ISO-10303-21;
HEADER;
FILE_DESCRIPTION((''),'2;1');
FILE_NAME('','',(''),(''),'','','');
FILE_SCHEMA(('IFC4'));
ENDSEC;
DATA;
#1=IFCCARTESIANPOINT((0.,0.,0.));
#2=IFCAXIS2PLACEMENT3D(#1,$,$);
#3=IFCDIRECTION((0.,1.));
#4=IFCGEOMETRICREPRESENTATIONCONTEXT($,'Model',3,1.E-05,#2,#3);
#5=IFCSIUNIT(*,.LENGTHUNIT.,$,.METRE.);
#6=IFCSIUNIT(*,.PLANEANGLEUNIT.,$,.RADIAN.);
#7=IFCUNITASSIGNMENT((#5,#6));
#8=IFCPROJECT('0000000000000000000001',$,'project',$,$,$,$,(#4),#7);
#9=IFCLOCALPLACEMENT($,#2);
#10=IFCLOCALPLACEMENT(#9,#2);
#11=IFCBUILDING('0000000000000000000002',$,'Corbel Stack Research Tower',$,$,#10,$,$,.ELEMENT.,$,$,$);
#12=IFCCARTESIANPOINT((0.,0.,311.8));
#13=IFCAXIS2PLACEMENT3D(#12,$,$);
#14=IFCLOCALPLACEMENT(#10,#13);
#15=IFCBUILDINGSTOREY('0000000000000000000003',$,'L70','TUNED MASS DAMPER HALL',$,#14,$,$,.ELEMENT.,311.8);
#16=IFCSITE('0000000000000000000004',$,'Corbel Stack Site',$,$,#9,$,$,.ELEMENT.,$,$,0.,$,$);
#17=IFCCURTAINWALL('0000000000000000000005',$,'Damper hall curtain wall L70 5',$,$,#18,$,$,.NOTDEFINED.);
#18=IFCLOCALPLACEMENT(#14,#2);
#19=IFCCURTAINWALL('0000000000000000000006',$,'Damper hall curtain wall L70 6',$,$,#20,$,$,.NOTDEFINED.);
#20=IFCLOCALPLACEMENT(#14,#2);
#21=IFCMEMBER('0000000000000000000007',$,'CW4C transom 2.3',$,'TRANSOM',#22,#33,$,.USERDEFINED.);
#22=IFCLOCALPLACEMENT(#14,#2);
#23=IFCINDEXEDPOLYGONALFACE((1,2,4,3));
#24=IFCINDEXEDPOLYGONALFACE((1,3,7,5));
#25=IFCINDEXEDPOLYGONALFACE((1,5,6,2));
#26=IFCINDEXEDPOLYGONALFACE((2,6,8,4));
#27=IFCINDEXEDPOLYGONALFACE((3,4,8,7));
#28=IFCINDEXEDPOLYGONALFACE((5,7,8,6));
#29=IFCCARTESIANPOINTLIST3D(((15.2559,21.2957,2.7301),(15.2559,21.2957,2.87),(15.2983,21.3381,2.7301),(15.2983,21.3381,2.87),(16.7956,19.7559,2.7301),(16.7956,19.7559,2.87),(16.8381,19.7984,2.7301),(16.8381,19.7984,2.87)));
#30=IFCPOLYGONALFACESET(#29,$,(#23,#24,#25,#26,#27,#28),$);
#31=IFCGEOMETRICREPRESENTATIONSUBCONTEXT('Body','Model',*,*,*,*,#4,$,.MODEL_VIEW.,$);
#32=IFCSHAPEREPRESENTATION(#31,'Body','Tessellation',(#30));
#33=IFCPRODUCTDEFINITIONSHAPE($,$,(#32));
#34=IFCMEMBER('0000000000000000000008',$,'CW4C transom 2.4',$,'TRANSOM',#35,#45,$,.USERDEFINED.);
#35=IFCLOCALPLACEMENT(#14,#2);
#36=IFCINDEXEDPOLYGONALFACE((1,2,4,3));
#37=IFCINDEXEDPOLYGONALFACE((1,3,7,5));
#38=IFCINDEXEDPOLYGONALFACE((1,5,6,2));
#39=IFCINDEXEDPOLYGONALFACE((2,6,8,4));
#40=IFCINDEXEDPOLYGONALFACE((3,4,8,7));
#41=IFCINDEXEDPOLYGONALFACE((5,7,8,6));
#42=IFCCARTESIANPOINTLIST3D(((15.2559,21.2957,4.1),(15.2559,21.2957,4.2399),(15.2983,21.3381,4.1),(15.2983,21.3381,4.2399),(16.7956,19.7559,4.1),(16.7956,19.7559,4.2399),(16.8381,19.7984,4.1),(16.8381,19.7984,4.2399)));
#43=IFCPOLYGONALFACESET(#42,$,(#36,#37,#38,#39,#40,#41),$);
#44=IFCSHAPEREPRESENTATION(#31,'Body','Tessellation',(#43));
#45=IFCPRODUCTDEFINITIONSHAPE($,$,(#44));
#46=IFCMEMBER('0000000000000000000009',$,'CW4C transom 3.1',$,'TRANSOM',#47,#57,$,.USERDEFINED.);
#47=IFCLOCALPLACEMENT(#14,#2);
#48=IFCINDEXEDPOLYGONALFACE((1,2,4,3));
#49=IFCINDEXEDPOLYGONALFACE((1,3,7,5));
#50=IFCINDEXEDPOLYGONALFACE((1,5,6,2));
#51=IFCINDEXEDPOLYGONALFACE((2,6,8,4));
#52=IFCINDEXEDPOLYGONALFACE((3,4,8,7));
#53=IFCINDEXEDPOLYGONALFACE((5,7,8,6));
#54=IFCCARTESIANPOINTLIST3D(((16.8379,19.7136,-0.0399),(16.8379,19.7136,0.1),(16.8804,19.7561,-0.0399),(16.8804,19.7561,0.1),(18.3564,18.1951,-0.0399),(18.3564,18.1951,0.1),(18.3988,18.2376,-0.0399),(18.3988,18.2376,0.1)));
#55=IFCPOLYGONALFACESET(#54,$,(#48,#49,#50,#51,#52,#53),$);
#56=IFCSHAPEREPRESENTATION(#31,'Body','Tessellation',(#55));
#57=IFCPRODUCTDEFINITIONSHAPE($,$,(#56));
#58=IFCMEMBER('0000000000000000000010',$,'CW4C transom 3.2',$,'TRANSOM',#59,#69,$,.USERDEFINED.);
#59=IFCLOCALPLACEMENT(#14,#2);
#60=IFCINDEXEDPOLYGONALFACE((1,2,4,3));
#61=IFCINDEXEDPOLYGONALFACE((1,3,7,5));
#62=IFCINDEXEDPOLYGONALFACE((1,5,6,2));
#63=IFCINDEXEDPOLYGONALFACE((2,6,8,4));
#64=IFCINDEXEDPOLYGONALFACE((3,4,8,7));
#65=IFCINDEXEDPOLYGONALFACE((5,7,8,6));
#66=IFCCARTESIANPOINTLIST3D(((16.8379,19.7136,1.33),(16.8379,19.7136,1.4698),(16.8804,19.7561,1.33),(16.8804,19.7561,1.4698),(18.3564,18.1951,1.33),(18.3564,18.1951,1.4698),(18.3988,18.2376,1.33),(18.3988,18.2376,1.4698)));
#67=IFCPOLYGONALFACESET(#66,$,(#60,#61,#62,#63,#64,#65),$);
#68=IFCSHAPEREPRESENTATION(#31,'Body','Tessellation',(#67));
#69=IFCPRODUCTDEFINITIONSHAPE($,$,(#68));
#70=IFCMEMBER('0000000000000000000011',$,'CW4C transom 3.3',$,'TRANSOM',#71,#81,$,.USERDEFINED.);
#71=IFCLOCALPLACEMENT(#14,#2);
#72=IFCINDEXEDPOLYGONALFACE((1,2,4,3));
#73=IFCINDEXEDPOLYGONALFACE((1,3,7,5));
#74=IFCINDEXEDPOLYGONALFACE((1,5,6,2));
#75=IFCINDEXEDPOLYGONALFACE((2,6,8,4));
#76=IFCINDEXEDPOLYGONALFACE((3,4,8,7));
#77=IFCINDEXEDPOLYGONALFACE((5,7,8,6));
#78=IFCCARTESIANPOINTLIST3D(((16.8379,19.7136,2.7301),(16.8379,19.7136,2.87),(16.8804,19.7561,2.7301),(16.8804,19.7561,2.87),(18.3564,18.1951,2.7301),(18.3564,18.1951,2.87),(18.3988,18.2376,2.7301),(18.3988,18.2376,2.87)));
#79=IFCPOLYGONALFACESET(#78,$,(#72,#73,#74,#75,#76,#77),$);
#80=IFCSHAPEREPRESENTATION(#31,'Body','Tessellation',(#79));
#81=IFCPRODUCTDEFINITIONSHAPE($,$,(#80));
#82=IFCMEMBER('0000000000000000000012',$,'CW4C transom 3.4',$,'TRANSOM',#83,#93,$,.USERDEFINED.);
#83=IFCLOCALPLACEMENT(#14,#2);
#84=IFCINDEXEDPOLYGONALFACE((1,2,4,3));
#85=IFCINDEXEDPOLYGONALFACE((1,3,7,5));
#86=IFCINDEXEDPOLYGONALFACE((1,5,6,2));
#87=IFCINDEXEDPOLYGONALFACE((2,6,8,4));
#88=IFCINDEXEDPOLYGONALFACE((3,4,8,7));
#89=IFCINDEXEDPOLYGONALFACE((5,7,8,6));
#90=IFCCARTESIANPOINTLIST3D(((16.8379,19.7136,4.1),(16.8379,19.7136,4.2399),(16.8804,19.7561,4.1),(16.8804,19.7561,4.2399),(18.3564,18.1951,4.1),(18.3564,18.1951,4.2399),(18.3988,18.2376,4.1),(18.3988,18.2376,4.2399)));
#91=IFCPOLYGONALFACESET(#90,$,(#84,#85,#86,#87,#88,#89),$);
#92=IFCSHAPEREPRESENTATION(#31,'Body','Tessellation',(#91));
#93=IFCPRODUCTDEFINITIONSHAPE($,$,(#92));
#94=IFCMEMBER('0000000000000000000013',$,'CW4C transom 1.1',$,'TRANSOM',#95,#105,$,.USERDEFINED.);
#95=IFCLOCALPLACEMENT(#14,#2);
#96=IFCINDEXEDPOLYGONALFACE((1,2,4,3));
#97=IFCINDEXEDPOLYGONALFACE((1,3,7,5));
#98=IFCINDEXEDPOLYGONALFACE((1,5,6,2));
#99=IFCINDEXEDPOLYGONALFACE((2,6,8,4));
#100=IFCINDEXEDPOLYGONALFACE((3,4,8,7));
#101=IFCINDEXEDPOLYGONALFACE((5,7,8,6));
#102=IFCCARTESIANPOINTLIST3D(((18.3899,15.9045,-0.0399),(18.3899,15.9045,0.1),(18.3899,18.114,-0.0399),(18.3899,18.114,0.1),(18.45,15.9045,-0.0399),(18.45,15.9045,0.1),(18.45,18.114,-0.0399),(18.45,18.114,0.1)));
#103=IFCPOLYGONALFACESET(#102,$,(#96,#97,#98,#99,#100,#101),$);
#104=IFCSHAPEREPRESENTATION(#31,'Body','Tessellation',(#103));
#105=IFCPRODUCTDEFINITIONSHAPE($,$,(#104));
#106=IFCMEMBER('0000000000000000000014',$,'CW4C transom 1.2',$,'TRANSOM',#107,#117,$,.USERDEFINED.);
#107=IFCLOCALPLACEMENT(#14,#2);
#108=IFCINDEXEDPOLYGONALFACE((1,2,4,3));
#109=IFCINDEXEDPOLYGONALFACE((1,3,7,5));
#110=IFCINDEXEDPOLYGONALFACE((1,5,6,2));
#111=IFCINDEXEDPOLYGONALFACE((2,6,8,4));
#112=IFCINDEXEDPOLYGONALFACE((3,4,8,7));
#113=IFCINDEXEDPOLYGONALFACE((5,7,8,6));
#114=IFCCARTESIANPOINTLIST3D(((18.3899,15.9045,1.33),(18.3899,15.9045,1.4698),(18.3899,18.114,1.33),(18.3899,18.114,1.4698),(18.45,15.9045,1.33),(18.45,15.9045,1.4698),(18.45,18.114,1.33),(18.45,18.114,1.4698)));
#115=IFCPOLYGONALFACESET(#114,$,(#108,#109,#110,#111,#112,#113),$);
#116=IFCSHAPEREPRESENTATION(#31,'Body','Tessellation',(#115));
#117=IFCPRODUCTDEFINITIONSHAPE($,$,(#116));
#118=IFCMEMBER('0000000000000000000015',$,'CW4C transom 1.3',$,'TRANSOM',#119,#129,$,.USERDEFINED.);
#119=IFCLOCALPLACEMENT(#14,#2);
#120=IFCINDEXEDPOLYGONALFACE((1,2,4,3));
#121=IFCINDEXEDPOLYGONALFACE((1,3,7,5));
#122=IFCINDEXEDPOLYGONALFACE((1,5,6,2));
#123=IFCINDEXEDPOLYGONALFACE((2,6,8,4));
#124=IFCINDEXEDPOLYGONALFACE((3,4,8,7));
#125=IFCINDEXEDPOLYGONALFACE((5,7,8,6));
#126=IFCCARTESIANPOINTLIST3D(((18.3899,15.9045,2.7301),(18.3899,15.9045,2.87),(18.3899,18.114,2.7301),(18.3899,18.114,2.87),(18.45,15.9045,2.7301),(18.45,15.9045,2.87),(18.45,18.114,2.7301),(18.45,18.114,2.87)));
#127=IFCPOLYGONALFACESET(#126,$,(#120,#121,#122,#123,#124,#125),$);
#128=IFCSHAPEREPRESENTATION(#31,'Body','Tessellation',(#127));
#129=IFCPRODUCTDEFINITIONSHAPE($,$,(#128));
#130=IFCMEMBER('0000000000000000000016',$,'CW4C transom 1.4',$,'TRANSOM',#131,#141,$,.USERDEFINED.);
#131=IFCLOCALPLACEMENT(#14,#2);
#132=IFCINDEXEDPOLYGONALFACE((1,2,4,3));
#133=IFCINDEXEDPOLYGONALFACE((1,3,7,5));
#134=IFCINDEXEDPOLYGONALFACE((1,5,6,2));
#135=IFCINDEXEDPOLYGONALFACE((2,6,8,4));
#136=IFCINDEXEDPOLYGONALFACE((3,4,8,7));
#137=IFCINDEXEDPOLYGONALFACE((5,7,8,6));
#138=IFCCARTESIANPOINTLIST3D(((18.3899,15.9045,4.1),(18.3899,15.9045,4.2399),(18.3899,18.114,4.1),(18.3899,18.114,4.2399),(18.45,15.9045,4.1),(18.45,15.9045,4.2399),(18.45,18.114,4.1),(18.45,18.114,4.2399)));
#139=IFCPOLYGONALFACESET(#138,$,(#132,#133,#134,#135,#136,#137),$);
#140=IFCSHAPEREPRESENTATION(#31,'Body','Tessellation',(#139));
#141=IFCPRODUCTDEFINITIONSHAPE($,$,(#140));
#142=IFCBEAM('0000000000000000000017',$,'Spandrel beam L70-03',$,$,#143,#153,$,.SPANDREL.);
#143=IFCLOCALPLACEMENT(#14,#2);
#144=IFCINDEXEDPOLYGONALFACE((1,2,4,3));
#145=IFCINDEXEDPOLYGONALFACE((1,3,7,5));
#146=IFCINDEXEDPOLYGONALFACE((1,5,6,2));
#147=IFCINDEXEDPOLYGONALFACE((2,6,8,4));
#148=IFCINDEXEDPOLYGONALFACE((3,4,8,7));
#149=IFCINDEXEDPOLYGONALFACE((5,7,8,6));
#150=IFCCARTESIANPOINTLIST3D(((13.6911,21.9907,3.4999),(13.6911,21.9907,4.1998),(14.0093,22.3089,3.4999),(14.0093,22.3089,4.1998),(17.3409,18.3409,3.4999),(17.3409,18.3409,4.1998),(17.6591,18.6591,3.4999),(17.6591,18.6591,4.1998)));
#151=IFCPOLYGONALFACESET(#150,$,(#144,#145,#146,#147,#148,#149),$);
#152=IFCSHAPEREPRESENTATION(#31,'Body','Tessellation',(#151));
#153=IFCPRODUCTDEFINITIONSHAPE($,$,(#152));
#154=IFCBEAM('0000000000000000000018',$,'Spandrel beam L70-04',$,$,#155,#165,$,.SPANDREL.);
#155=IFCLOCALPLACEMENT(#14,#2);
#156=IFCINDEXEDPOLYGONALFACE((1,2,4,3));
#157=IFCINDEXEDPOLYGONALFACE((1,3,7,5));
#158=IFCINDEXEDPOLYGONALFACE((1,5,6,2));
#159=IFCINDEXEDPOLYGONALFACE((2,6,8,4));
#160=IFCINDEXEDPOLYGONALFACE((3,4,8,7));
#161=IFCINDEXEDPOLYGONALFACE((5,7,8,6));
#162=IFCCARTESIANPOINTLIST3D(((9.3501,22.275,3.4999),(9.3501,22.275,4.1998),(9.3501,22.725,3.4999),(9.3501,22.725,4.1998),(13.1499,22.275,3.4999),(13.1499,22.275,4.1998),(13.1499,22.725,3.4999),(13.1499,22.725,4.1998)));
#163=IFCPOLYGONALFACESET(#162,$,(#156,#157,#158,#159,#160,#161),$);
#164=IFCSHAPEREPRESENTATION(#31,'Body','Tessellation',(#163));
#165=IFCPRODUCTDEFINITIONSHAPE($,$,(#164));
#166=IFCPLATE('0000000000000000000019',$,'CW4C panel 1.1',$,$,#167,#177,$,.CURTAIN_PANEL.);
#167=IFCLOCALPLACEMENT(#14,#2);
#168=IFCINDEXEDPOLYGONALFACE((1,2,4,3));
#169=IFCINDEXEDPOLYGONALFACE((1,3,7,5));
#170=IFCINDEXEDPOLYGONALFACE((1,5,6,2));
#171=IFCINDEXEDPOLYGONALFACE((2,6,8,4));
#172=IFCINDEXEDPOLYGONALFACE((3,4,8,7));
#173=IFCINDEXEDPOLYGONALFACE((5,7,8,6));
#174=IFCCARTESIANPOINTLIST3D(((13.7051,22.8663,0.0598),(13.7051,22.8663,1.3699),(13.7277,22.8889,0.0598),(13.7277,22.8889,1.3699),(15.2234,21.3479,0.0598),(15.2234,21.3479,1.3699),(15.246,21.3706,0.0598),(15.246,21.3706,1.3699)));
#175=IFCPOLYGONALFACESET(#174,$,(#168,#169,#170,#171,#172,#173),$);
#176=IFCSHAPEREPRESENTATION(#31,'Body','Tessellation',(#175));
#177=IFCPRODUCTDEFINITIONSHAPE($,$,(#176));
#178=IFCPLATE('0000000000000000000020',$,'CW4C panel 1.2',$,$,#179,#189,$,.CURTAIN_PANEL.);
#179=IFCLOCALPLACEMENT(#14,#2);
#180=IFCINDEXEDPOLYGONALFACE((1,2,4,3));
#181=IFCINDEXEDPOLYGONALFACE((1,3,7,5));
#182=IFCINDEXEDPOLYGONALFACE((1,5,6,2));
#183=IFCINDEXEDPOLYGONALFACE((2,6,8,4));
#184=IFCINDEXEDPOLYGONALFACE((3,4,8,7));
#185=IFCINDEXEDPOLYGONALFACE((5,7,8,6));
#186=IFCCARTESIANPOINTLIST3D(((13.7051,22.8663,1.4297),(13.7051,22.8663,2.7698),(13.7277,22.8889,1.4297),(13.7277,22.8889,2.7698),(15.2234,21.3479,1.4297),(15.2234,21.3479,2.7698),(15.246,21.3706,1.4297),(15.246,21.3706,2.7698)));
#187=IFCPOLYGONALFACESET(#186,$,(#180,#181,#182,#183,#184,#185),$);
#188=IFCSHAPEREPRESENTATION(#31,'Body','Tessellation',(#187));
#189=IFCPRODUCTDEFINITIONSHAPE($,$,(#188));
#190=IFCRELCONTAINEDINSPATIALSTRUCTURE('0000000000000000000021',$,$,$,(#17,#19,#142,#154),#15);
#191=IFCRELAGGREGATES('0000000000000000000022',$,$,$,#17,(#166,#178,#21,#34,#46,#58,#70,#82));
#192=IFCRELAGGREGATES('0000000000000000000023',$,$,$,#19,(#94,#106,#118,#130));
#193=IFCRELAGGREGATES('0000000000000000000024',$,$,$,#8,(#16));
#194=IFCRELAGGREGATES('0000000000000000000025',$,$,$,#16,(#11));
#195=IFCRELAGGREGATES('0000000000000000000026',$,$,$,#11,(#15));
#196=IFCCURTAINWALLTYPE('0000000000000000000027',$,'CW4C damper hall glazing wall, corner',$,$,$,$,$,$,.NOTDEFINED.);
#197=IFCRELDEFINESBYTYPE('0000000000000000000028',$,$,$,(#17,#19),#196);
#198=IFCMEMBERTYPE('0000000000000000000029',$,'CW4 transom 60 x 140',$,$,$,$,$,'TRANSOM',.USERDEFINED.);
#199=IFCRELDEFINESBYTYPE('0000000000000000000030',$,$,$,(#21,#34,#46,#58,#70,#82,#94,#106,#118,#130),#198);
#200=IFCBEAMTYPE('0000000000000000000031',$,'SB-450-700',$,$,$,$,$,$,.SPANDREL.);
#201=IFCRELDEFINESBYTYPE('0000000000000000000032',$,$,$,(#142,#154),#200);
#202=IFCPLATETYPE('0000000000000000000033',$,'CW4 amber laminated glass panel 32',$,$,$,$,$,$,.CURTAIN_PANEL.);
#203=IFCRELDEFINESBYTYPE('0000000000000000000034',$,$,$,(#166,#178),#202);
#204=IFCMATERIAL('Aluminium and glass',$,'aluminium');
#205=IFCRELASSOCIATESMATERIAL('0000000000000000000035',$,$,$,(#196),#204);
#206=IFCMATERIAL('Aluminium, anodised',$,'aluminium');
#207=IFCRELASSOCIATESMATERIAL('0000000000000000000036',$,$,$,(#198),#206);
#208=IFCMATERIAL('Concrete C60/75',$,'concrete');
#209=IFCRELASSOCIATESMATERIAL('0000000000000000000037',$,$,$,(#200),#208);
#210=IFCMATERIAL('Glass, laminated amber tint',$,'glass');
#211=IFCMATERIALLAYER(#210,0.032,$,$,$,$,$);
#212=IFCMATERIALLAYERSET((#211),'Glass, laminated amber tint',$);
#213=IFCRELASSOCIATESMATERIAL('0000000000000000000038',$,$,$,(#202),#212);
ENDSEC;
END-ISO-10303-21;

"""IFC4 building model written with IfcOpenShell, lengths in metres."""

from ifc_helpers import new_model, si_unit, direction, frame, origin, origin_2d, place, context, subcontext, project, spatial, rectangle, extrude, material, layer, layer_set, material_profile, profile_set, type_object, element, aggregate, save


model = new_model("IFC4")

# Units and contexts
model_context = context("Model", 3, precision=1e-05, world=origin(), true_north=direction((0.0, 1.0)))
body_context = subcontext(model_context, "Body", "Model", "MODEL_VIEW")
ifc_project = project(units=[si_unit("LENGTHUNIT", "METRE"), si_unit("PLANEANGLEUNIT", "RADIAN")], contexts=[model_context])

# Site, building, storey
site_placement = place(None, origin())
site = spatial("IfcSite", under=ifc_project, at=site_placement, Name="Corbel Stack Site", CompositionType="ELEMENT", RefElevation=0.0)
building_placement = place(site_placement, origin())
building = spatial("IfcBuilding", under=site, at=building_placement, Name="Corbel Stack Research Tower", CompositionType="ELEMENT")
storey_placement = place(building_placement, frame((0.0, 0.0, 311.8)))
storey = spatial("IfcBuildingStorey", under=building, at=storey_placement, Name="L70", Description="TUNED MASS DAMPER HALL", CompositionType="ELEMENT", Elevation=311.8)

# Shared definitions
ifc_material_1 = material(Name="Aluminium and glass", Category="aluminium")
curtain_wall_type = type_object("IfcCurtainWallType", Name="CW4C damper hall glazing wall, corner", PredefinedType="NOTDEFINED", material=ifc_material_1)

# Curtain walls
curtain_wall_1_placement = place(storey_placement, origin())
curtain_wall_1 = element("IfcCurtainWall", 1, at=curtain_wall_1_placement, inside=storey, type_object=curtain_wall_type, Name="Damper hall curtain wall L70 5", PredefinedType="NOTDEFINED")
curtain_wall_2_placement = place(storey_placement, origin())
curtain_wall_2 = element("IfcCurtainWall", 2, at=curtain_wall_2_placement, inside=storey, type_object=curtain_wall_type, Name="Damper hall curtain wall L70 6", PredefinedType="NOTDEFINED")

# Members
ifc_material_2 = material(Name="Aluminium, anodised", Category="aluminium")
ifc_material_profile_1 = material_profile(ifc_material_2, rectangle(XDim=0.0601, YDim=0.1399, at=origin_2d()), Name="CW4 transom 60 x 140")
ifc_profile_set_1 = profile_set([ifc_material_profile_1], Name="Aluminium, anodised")
member_type_1 = type_object("IfcMemberType", Name="CW4 transom 60 x 140", ElementType="TRANSOM", PredefinedType="USERDEFINED", material=ifc_profile_set_1)
member_1_placement = place(storey_placement, frame((15.2771, 21.3169, 2.8), z_axis=(0.707107, -0.707107, 0.0), x_axis=(0.707107, 0.707107, 0.0)))
member_1 = element("IfcMember", 3, at=member_1_placement, type_object=member_type_1, Name="CW4C transom 2.3", ObjectType="TRANSOM", PredefinedType="USERDEFINED", context=body_context, shape_type="SweptSolid", body=[
    extrude(rectangle(XDim=0.0601, YDim=0.1399, at=origin_2d()), origin(), (0.0, 0.0, 1.0), 2.1775),
])
member_2_placement = place(storey_placement, frame((15.2771, 21.3169, 4.1699), z_axis=(0.707107, -0.707107, 0.0), x_axis=(0.707107, 0.707107, 0.0)))
member_2 = element("IfcMember", 4, at=member_2_placement, type_object=member_type_1, Name="CW4C transom 2.4", ObjectType="TRANSOM", PredefinedType="USERDEFINED", context=body_context, shape_type="SweptSolid", body=[
    extrude(rectangle(XDim=0.0601, YDim=0.1399, at=origin_2d()), origin(), (0.0, 0.0, 1.0), 2.1775),
])
member_3_placement = place(storey_placement, frame((16.8591, 19.7349, 0.03), z_axis=(0.707107, -0.707107, 0.0), x_axis=(0.707107, 0.707107, 0.0)))
member_3 = element("IfcMember", 5, at=member_3_placement, type_object=member_type_1, Name="CW4C transom 3.1", ObjectType="TRANSOM", PredefinedType="USERDEFINED", context=body_context, shape_type="SweptSolid", body=[
    extrude(rectangle(XDim=0.0601, YDim=0.1399, at=origin_2d()), origin(), (0.0, 0.0, 1.0), 2.1475),
])
member_4_placement = place(storey_placement, frame((16.8591, 19.7349, 1.3999), z_axis=(0.707107, -0.707107, 0.0), x_axis=(0.707107, 0.707107, 0.0)))
member_4 = element("IfcMember", 6, at=member_4_placement, type_object=member_type_1, Name="CW4C transom 3.2", ObjectType="TRANSOM", PredefinedType="USERDEFINED", context=body_context, shape_type="SweptSolid", body=[
    extrude(rectangle(XDim=0.0601, YDim=0.1399, at=origin_2d()), origin(), (0.0, 0.0, 1.0), 2.1475),
])
member_5_placement = place(storey_placement, frame((16.8591, 19.7349, 2.8), z_axis=(0.707107, -0.707107, 0.0), x_axis=(0.707107, 0.707107, 0.0)))
member_5 = element("IfcMember", 7, at=member_5_placement, type_object=member_type_1, Name="CW4C transom 3.3", ObjectType="TRANSOM", PredefinedType="USERDEFINED", context=body_context, shape_type="SweptSolid", body=[
    extrude(rectangle(XDim=0.0601, YDim=0.1399, at=origin_2d()), origin(), (0.0, 0.0, 1.0), 2.1475),
])
member_6_placement = place(storey_placement, frame((16.8591, 19.7349, 4.1699), z_axis=(0.707107, -0.707107, 0.0), x_axis=(0.707107, 0.707107, 0.0)))
member_6 = element("IfcMember", 8, at=member_6_placement, type_object=member_type_1, Name="CW4C transom 3.4", ObjectType="TRANSOM", PredefinedType="USERDEFINED", context=body_context, shape_type="SweptSolid", body=[
    extrude(rectangle(XDim=0.0601, YDim=0.1399, at=origin_2d()), origin(), (0.0, 0.0, 1.0), 2.1475),
])
member_7_placement = place(storey_placement, frame((18.4199, 18.114, 0.03), z_axis=(0.0, -1.0, 0.0), x_axis=(1.0, 0.0, 0.0)))
member_7 = element("IfcMember", 9, at=member_7_placement, type_object=member_type_1, Name="CW4C transom 1.1", ObjectType="TRANSOM", PredefinedType="USERDEFINED", context=body_context, shape_type="SweptSolid", body=[
    extrude(rectangle(XDim=0.0601, YDim=0.1399, at=origin_2d()), origin(), (0.0, 0.0, 1.0), 2.2095),
])
member_8_placement = place(storey_placement, frame((18.4199, 18.114, 1.3999), z_axis=(0.0, -1.0, 0.0), x_axis=(1.0, 0.0, 0.0)))
member_8 = element("IfcMember", 10, at=member_8_placement, type_object=member_type_1, Name="CW4C transom 1.2", ObjectType="TRANSOM", PredefinedType="USERDEFINED", context=body_context, shape_type="SweptSolid", body=[
    extrude(rectangle(XDim=0.0601, YDim=0.1399, at=origin_2d()), origin(), (0.0, 0.0, 1.0), 2.2095),
])
member_9_placement = place(storey_placement, frame((18.4199, 18.114, 2.8), z_axis=(0.0, -1.0, 0.0), x_axis=(1.0, 0.0, 0.0)))
member_9 = element("IfcMember", 11, at=member_9_placement, type_object=member_type_1, Name="CW4C transom 1.3", ObjectType="TRANSOM", PredefinedType="USERDEFINED", context=body_context, shape_type="SweptSolid", body=[
    extrude(rectangle(XDim=0.0601, YDim=0.1399, at=origin_2d()), origin(), (0.0, 0.0, 1.0), 2.2095),
])
member_10_placement = place(storey_placement, frame((18.4199, 18.114, 4.1699), z_axis=(0.0, -1.0, 0.0), x_axis=(1.0, 0.0, 0.0)))
member_10 = element("IfcMember", 12, at=member_10_placement, type_object=member_type_1, Name="CW4C transom 1.4", ObjectType="TRANSOM", PredefinedType="USERDEFINED", context=body_context, shape_type="SweptSolid", body=[
    extrude(rectangle(XDim=0.0601, YDim=0.1399, at=origin_2d()), origin(), (0.0, 0.0, 1.0), 2.2095),
])

# Beams
ifc_material_3 = material(Name="Concrete C60/75", Category="concrete")
ifc_material_profile_2 = material_profile(ifc_material_3, rectangle(XDim=0.45, YDim=0.7, at=origin_2d()), Name="RC 450 x 700")
ifc_profile_set_2 = profile_set([ifc_material_profile_2], Name="Concrete C60/75")
beam_type = type_object("IfcBeamType", Name="SB-450-700", PredefinedType="SPANDREL", material=ifc_profile_set_2)
beam_1_placement = place(storey_placement, frame((17.5, 18.5, 3.8499), z_axis=(-0.707107, 0.707107, 0.0), x_axis=(-0.707107, -0.707107, 0.0)))
element("IfcBeam", 13, at=beam_1_placement, inside=storey, type_object=beam_type, Name="Spandrel beam L70-03", PredefinedType="SPANDREL", context=body_context, shape_type="SweptSolid", body=[
    extrude(rectangle(XDim=0.45, YDim=0.7, at=origin_2d()), origin(), (0.0, 0.0, 1.0), 5.1616),
])
beam_2_placement = place(storey_placement, frame((13.1499, 22.5, 3.8499), z_axis=(-1.0, 0.0, 0.0), x_axis=(0.0, -1.0, 0.0)))
element("IfcBeam", 14, at=beam_2_placement, inside=storey, type_object=beam_type, Name="Spandrel beam L70-04", PredefinedType="SPANDREL", context=body_context, shape_type="SweptSolid", body=[
    extrude(rectangle(XDim=0.45, YDim=0.7, at=origin_2d()), origin(), (0.0, 0.0, 1.0), 3.7998),
])

# Plates
ifc_material_4 = material(Name="Glass, laminated amber tint", Category="glass")
ifc_layer = layer(ifc_material_4, 0.032)
ifc_layer_set = layer_set([ifc_layer], Name="Glass, laminated amber tint")
plate_type = type_object("IfcPlateType", Name="CW4 amber laminated glass panel 32", PredefinedType="CURTAIN_PANEL", material=ifc_layer_set)
plate_1_placement = place(storey_placement, frame((14.4756, 22.1184, 0.0598), z_axis=(0.0, 0.0, 1.0), x_axis=(0.707107, -0.707107, 0.0)))
plate_1 = element("IfcPlate", 15, at=plate_1_placement, type_object=plate_type, Name="CW4C panel 1.1", PredefinedType="CURTAIN_PANEL", context=body_context, shape_type="SweptSolid", body=[
    extrude(rectangle(XDim=2.1472, YDim=0.032, at=origin_2d()), origin(), (0.0, 0.0, 1.0), 1.3101),
])
plate_2_placement = place(storey_placement, frame((14.4756, 22.1184, 1.4297), z_axis=(0.0, 0.0, 1.0), x_axis=(0.707107, -0.707107, 0.0)))
plate_2 = element("IfcPlate", 16, at=plate_2_placement, type_object=plate_type, Name="CW4C panel 1.2", PredefinedType="CURTAIN_PANEL", context=body_context, shape_type="SweptSolid", body=[
    extrude(rectangle(XDim=2.1472, YDim=0.032, at=origin_2d()), origin(), (0.0, 0.0, 1.0), 1.3401),
])
aggregate(curtain_wall_1, [plate_1, plate_2, member_1, member_2, member_3, member_4, member_5, member_6])
aggregate(curtain_wall_2, [member_7, member_8, member_9, member_10])

save(model, "model.ifc")
